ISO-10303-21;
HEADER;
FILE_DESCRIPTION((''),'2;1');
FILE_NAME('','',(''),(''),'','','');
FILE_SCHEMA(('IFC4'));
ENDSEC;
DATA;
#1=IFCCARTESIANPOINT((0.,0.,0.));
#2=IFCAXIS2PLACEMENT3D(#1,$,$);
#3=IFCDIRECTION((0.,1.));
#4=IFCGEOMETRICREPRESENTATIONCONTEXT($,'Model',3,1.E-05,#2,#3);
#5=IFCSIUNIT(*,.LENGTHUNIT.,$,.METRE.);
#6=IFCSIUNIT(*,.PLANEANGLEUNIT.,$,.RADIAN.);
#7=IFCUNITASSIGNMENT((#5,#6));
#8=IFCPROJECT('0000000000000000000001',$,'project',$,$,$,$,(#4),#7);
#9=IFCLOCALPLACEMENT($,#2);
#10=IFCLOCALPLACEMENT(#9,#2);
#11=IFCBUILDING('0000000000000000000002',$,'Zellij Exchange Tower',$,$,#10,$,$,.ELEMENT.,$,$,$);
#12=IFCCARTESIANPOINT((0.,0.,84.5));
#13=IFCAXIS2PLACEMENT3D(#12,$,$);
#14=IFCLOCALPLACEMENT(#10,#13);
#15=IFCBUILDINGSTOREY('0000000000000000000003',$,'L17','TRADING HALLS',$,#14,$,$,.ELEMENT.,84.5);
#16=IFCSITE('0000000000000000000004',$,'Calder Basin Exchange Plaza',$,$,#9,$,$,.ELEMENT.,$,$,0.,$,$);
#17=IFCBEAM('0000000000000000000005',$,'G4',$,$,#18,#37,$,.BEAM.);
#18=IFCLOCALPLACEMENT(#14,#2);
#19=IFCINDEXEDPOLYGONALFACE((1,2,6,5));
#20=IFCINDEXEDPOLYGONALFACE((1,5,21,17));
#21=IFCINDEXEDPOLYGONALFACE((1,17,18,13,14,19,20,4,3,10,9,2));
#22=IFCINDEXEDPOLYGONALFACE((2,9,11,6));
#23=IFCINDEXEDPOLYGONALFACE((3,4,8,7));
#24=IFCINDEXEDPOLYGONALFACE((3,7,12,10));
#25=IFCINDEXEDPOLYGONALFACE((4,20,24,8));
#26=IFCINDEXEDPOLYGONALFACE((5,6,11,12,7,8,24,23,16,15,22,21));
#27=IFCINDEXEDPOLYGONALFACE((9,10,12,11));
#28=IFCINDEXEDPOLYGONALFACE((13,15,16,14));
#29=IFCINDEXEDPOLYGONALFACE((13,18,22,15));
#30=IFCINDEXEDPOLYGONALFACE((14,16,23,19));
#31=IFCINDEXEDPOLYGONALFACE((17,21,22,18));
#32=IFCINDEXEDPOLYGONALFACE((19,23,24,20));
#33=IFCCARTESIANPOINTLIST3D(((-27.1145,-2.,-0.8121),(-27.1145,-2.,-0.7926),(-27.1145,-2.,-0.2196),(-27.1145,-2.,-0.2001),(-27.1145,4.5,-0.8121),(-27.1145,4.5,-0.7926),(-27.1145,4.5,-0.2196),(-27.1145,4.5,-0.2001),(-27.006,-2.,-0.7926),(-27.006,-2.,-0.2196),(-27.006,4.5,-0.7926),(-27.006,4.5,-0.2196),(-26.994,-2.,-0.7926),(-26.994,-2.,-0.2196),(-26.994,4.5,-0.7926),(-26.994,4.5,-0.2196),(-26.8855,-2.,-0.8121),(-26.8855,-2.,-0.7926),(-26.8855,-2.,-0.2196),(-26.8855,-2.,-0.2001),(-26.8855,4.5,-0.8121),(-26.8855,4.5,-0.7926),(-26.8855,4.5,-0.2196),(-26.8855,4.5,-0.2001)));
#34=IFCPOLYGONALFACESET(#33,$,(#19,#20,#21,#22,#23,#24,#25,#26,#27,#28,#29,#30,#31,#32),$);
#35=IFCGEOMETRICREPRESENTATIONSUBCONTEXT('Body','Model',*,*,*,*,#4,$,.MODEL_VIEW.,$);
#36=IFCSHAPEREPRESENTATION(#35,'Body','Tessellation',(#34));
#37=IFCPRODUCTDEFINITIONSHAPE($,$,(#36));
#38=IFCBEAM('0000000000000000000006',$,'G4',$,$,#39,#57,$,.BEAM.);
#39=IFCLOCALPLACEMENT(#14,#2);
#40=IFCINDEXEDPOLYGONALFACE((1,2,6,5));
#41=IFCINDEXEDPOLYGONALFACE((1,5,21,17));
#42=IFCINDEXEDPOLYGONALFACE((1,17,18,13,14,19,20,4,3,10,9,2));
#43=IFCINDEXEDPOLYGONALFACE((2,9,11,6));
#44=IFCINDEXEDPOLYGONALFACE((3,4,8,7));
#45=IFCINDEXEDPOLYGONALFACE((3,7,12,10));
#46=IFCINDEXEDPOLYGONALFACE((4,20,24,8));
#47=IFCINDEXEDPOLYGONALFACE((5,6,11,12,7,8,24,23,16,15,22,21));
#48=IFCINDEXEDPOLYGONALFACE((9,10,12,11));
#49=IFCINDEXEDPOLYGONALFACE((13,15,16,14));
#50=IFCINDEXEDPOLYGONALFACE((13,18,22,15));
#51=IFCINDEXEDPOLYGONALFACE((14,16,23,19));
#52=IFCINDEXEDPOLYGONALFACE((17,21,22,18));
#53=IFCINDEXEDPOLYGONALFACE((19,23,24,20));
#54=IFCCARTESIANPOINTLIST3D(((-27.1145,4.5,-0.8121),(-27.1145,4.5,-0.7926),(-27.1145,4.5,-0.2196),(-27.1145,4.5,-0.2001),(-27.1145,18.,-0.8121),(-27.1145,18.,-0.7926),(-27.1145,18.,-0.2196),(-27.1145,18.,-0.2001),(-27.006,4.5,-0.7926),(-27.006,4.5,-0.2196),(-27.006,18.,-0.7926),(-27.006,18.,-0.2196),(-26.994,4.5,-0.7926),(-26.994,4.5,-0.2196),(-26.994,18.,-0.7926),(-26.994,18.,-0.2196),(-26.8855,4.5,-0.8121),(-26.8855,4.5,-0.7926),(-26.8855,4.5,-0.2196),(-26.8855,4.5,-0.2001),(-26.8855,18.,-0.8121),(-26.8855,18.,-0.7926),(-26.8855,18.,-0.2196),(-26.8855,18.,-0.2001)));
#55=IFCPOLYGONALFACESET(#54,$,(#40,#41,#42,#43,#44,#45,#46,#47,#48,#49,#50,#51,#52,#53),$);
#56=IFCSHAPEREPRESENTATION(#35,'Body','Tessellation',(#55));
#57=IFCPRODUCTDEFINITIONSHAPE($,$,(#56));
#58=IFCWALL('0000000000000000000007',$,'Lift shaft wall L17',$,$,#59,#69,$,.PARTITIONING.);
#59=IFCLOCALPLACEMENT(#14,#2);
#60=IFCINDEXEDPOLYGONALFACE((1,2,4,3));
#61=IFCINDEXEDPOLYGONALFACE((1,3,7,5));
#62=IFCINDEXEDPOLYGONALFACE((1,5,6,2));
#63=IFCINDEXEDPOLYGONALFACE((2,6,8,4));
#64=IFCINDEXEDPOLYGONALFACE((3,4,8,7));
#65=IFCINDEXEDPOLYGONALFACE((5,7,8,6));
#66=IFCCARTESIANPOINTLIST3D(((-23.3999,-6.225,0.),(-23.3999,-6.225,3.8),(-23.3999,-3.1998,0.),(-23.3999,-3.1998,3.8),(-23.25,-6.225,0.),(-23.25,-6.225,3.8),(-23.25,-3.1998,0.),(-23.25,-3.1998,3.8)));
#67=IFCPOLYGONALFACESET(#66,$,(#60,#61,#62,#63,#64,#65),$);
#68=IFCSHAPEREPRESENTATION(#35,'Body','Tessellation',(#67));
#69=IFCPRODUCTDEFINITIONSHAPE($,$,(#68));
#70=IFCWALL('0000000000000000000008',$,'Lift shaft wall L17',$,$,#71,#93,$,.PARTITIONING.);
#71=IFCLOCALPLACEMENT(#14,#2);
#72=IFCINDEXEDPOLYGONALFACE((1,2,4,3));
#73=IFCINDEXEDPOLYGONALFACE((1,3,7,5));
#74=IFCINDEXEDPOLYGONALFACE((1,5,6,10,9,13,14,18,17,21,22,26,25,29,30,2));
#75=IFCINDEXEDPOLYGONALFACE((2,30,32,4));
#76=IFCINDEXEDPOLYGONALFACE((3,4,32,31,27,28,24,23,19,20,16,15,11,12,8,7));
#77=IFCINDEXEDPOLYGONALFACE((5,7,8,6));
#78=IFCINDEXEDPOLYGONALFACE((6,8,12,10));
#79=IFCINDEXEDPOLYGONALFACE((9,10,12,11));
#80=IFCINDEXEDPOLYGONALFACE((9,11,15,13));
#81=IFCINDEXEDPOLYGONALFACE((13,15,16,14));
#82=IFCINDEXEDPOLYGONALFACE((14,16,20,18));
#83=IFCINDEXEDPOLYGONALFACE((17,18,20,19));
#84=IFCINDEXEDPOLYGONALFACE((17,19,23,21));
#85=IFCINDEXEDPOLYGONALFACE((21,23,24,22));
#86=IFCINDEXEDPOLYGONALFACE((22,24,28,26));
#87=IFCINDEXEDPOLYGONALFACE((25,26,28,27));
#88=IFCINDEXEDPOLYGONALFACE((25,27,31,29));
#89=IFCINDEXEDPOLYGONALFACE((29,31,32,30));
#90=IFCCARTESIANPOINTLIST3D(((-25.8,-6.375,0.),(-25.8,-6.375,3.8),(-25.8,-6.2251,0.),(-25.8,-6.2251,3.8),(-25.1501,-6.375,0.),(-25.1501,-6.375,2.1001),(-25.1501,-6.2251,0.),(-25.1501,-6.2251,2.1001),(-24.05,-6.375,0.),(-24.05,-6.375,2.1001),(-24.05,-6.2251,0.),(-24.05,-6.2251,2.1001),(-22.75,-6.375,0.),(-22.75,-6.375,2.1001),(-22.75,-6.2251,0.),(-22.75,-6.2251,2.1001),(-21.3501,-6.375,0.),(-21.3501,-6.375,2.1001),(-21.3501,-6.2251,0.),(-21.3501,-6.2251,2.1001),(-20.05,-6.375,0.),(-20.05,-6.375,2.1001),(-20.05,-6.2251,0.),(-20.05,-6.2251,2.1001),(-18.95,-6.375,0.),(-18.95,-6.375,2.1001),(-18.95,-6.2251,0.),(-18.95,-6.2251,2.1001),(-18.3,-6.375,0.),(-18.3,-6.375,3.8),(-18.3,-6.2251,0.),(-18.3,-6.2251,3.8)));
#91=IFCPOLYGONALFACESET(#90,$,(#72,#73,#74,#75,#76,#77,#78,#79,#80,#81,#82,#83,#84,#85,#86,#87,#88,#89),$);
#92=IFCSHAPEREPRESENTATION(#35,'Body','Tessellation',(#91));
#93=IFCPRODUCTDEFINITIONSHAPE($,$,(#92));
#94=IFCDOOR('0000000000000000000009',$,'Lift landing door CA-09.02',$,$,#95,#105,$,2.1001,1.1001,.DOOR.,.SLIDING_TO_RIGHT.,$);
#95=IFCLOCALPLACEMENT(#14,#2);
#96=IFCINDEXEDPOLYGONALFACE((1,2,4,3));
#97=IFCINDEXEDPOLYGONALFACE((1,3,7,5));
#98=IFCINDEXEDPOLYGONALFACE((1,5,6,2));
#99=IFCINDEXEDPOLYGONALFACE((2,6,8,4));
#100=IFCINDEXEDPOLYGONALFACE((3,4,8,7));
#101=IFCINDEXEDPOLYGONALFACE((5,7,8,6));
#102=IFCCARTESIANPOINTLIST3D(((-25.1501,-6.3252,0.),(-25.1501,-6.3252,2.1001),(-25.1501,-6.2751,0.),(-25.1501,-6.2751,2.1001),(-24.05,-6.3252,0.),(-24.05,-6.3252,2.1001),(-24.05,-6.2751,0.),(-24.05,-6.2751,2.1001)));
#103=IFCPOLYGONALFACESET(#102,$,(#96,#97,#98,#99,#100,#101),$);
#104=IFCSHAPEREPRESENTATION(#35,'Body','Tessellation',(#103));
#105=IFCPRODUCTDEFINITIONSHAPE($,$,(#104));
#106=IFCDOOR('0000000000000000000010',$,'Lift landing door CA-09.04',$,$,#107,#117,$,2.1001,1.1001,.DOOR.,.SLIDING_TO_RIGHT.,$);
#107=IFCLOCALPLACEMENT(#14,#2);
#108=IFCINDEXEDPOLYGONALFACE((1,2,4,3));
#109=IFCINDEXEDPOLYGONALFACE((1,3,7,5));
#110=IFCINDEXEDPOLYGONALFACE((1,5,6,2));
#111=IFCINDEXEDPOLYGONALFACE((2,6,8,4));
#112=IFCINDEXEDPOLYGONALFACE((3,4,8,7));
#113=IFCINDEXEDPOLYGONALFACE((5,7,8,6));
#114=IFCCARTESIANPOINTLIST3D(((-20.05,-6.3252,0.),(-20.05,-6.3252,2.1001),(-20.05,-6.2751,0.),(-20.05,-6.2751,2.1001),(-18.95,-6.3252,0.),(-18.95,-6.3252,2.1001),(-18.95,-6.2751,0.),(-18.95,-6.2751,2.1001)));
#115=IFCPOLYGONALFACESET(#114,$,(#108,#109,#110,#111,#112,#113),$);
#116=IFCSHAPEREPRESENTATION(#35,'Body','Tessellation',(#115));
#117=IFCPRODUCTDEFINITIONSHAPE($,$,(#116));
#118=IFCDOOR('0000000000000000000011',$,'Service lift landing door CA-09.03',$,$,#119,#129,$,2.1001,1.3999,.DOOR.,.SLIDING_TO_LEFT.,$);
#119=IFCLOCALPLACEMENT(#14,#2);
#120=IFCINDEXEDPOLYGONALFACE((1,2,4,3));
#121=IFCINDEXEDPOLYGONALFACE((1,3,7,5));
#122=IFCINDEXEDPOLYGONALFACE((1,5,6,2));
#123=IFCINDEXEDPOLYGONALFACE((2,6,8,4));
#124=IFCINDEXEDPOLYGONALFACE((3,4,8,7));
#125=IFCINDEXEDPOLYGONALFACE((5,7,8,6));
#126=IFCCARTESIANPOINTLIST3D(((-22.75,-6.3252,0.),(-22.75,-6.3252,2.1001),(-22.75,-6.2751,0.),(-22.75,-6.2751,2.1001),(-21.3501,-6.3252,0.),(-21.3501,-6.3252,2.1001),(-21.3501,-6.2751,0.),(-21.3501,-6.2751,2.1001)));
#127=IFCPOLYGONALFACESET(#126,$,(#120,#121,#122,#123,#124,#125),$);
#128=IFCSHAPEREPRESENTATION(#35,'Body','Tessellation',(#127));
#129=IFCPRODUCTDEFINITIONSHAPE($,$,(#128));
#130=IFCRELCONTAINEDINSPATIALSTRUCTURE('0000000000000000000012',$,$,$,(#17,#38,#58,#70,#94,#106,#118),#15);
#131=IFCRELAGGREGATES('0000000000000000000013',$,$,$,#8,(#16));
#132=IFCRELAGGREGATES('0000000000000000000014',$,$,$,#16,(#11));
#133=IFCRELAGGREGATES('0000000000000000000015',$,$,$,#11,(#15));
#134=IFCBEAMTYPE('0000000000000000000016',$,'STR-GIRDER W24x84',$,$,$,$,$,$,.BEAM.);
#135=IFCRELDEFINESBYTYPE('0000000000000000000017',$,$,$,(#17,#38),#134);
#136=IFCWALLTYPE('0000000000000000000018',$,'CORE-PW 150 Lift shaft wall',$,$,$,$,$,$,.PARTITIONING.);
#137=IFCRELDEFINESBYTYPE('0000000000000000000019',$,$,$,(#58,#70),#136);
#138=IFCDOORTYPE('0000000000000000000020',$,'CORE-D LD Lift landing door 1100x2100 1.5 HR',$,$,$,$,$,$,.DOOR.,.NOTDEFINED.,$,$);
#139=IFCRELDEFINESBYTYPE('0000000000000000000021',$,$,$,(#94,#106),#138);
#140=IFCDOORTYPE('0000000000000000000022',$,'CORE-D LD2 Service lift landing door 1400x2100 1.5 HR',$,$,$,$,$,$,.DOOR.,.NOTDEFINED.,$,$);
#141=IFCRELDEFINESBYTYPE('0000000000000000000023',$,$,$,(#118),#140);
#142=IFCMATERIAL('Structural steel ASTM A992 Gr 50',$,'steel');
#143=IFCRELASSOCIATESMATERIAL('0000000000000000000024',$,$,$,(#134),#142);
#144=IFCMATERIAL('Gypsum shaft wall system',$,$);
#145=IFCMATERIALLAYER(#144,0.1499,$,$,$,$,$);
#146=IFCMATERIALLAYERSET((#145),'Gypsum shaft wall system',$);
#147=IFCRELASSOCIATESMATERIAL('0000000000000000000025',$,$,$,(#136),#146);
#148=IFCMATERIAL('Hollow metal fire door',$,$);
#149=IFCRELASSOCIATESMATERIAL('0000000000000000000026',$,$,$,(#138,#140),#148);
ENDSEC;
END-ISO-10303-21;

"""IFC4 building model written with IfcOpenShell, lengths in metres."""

from ifc_helpers import new_model, si_unit, direction, frame, frame_2d, origin, origin_2d, place, context, subcontext, project, spatial, rectangle, i_section, extrude, material, layer, layer_set, material_profile, profile_set, type_object, element, fill, save


model = new_model("IFC4")

# Units and contexts
model_context = context("Model", 3, precision=1e-05, world=origin(), true_north=direction((0.0, 1.0)))
body_context = subcontext(model_context, "Body", "Model", "MODEL_VIEW")
ifc_project = project(units=[si_unit("LENGTHUNIT", "METRE"), si_unit("PLANEANGLEUNIT", "RADIAN")], contexts=[model_context])

# Site, building, storey
site_placement = place(None, origin())
site = spatial("IfcSite", under=ifc_project, at=site_placement, Name="Calder Basin Exchange Plaza", CompositionType="ELEMENT", RefElevation=0.0)
building_placement = place(site_placement, origin())
building = spatial("IfcBuilding", under=site, at=building_placement, Name="Zellij Exchange Tower", CompositionType="ELEMENT")
storey_placement = place(building_placement, frame((0.0, 0.0, 84.5)))
storey = spatial("IfcBuildingStorey", under=building, at=storey_placement, Name="L17", Description="TRADING HALLS", CompositionType="ELEMENT", Elevation=84.5)

# Beams
ifc_material_1 = material(Name="Structural steel ASTM A992 Gr 50", Category="steel")
ifc_material_profile_1 = material_profile(ifc_material_1, i_section(OverallWidth=0.229, OverallDepth=0.6121, WebThickness=0.012, FlangeThickness=0.0195, at=origin_2d()), Name="W24x84")
ifc_profile_set_1 = profile_set([ifc_material_profile_1], Name="Structural steel ASTM A992 Gr 50")
beam_type_1 = type_object("IfcBeamType", Name="STR-GIRDER W24x84", PredefinedType="BEAM", material=ifc_profile_set_1)
beam_1_placement = place(storey_placement, frame((-27.0, -2.0, -0.5061), z_axis=(0.0, 1.0, 0.0), x_axis=(-1.0, 0.0, 0.0)))
element("IfcBeam", 1, at=beam_1_placement, inside=storey, type_object=beam_type_1, Name="G4", PredefinedType="BEAM", context=body_context, shape_type="SweptSolid", body=[
    extrude(i_section(OverallWidth=0.229, OverallDepth=0.6121, WebThickness=0.012, FlangeThickness=0.0195, at=origin_2d()), origin(), (0.0, 0.0, 1.0), 6.5),
])
beam_2_placement = place(storey_placement, frame((-27.0, 4.5, -0.5061), z_axis=(0.0, 1.0, 0.0), x_axis=(-1.0, 0.0, 0.0)))
element("IfcBeam", 2, at=beam_2_placement, inside=storey, type_object=beam_type_1, Name="G4", PredefinedType="BEAM", context=body_context, shape_type="SweptSolid", body=[
    extrude(i_section(OverallWidth=0.229, OverallDepth=0.6121, WebThickness=0.012, FlangeThickness=0.0195, at=origin_2d()), origin(), (0.0, 0.0, 1.0), 13.5),
])

# Wall
ifc_material_2 = material(Name="Gypsum shaft wall system")
ifc_layer_1 = layer(ifc_material_2, 0.1499)
ifc_layer_set_1 = layer_set([ifc_layer_1], Name="Gypsum shaft wall system")
wall_type_1 = type_object("IfcWallType", Name="CORE-PW 150 Lift shaft wall", PredefinedType="PARTITIONING", material=ifc_layer_set_1)
wall_1_placement = place(storey_placement, frame((-23.325, -6.2251, 0.0), z_axis=(0.0, 0.0, 1.0), x_axis=(0.0, 1.0, 0.0)))
element("IfcWall", 3, at=wall_1_placement, inside=storey, type_object=wall_type_1, Name="Lift shaft wall L17", PredefinedType="PARTITIONING", context=body_context, shape_type="SweptSolid", body=[
    extrude(rectangle(XDim=3.0251, YDim=0.1499, at=frame_2d((1.5127, 0.0))), origin(), (0.0, 0.0, 1.0), 3.8),
])

# Wall, openings, doors
wall_2_placement = place(storey_placement, frame((-25.8, -6.3, 0.0), z_axis=(0.0, 0.0, 1.0), x_axis=(1.0, 0.0, 0.0)))
wall_2 = element("IfcWall", 4, at=wall_2_placement, inside=storey, type_object=wall_type_1, Name="Lift shaft wall L17", PredefinedType="PARTITIONING", context=body_context, shape_type="SweptSolid", body=[
    extrude(rectangle(XDim=7.5, YDim=0.1499, at=frame_2d((3.75, 0.0))), origin(), (0.0, 0.0, 1.0), 3.8),
])
opening_1_placement = place(wall_2_placement, frame((0.6499, 0.0, 0.0)))
opening_1 = element("IfcOpeningElement", 5, at=opening_1_placement, cuts=wall_2, PredefinedType="OPENING", context=body_context, shape_type="SweptSolid", body=[
    extrude(rectangle(XDim=1.1001, YDim=2.1001, at=frame_2d((0.55, 1.05))), frame((0.0, 0.0869, 0.0), z_axis=(0.0, -1.0, 0.0), x_axis=(1.0, 0.0, 0.0)), (0.0, 0.0, 1.0), 0.1738),
])
opening_2_placement = place(wall_2_placement, frame((3.05, 0.0, 0.0)))
opening_2 = element("IfcOpeningElement", 6, at=opening_2_placement, cuts=wall_2, PredefinedType="OPENING", context=body_context, shape_type="SweptSolid", body=[
    extrude(rectangle(XDim=1.3999, YDim=2.1001, at=frame_2d((0.7, 1.05))), frame((0.0, 0.0869, 0.0), z_axis=(0.0, -1.0, 0.0), x_axis=(1.0, 0.0, 0.0)), (0.0, 0.0, 1.0), 0.1738),
])
opening_3_placement = place(wall_2_placement, frame((5.75, 0.0, 0.0)))
opening_3 = element("IfcOpeningElement", 7, at=opening_3_placement, cuts=wall_2, PredefinedType="OPENING", context=body_context, shape_type="SweptSolid", body=[
    extrude(rectangle(XDim=1.1001, YDim=2.1001, at=frame_2d((0.55, 1.05))), frame((0.0, 0.0869, 0.0), z_axis=(0.0, -1.0, 0.0), x_axis=(1.0, 0.0, 0.0)), (0.0, 0.0, 1.0), 0.1738),
])
ifc_material_3 = material(Name="Hollow metal fire door")
door_type_1 = type_object("IfcDoorType", Name="CORE-D LD Lift landing door 1100x2100 1.5 HR", OperationType="NOTDEFINED", PredefinedType="DOOR", material=ifc_material_3)
door_1_placement = place(opening_1_placement, origin())
door_1 = element("IfcDoor", 8, at=door_1_placement, inside=storey, type_object=door_type_1, Name="Lift landing door CA-09.02", OperationType="SLIDING_TO_RIGHT", OverallHeight=2.1001, OverallWidth=1.1001, PredefinedType="DOOR", context=body_context, shape_type="SweptSolid", body=[
    extrude(rectangle(XDim=1.1001, YDim=2.1001, at=frame_2d((0.55, 1.05))), frame((0.0, 0.0249, 0.0), z_axis=(0.0, -1.0, 0.0), x_axis=(1.0, 0.0, 0.0)), (0.0, 0.0, 1.0), 0.05),
])
fill(opening_1, door_1)
door_2_placement = place(opening_3_placement, origin())
door_2 = element("IfcDoor", 9, at=door_2_placement, inside=storey, type_object=door_type_1, Name="Lift landing door CA-09.04", OperationType="SLIDING_TO_RIGHT", OverallHeight=2.1001, OverallWidth=1.1001, PredefinedType="DOOR", context=body_context, shape_type="SweptSolid", body=[
    extrude(rectangle(XDim=1.1001, YDim=2.1001, at=frame_2d((0.55, 1.05))), frame((0.0, 0.0249, 0.0), z_axis=(0.0, -1.0, 0.0), x_axis=(1.0, 0.0, 0.0)), (0.0, 0.0, 1.0), 0.05),
])
fill(opening_3, door_2)
door_type_2 = type_object("IfcDoorType", Name="CORE-D LD2 Service lift landing door 1400x2100 1.5 HR", OperationType="NOTDEFINED", PredefinedType="DOOR", material=ifc_material_3)
door_3_placement = place(opening_2_placement, origin())
door_3 = element("IfcDoor", 10, at=door_3_placement, inside=storey, type_object=door_type_2, Name="Service lift landing door CA-09.03", OperationType="SLIDING_TO_LEFT", OverallHeight=2.1001, OverallWidth=1.3999, PredefinedType="DOOR", context=body_context, shape_type="SweptSolid", body=[
    extrude(rectangle(XDim=1.3999, YDim=2.1001, at=frame_2d((0.7, 1.05))), frame((0.0, 0.0249, 0.0), z_axis=(0.0, -1.0, 0.0), x_axis=(1.0, 0.0, 0.0)), (0.0, 0.0, 1.0), 0.05),
])
fill(opening_2, door_3)

save(model, "model.ifc")
